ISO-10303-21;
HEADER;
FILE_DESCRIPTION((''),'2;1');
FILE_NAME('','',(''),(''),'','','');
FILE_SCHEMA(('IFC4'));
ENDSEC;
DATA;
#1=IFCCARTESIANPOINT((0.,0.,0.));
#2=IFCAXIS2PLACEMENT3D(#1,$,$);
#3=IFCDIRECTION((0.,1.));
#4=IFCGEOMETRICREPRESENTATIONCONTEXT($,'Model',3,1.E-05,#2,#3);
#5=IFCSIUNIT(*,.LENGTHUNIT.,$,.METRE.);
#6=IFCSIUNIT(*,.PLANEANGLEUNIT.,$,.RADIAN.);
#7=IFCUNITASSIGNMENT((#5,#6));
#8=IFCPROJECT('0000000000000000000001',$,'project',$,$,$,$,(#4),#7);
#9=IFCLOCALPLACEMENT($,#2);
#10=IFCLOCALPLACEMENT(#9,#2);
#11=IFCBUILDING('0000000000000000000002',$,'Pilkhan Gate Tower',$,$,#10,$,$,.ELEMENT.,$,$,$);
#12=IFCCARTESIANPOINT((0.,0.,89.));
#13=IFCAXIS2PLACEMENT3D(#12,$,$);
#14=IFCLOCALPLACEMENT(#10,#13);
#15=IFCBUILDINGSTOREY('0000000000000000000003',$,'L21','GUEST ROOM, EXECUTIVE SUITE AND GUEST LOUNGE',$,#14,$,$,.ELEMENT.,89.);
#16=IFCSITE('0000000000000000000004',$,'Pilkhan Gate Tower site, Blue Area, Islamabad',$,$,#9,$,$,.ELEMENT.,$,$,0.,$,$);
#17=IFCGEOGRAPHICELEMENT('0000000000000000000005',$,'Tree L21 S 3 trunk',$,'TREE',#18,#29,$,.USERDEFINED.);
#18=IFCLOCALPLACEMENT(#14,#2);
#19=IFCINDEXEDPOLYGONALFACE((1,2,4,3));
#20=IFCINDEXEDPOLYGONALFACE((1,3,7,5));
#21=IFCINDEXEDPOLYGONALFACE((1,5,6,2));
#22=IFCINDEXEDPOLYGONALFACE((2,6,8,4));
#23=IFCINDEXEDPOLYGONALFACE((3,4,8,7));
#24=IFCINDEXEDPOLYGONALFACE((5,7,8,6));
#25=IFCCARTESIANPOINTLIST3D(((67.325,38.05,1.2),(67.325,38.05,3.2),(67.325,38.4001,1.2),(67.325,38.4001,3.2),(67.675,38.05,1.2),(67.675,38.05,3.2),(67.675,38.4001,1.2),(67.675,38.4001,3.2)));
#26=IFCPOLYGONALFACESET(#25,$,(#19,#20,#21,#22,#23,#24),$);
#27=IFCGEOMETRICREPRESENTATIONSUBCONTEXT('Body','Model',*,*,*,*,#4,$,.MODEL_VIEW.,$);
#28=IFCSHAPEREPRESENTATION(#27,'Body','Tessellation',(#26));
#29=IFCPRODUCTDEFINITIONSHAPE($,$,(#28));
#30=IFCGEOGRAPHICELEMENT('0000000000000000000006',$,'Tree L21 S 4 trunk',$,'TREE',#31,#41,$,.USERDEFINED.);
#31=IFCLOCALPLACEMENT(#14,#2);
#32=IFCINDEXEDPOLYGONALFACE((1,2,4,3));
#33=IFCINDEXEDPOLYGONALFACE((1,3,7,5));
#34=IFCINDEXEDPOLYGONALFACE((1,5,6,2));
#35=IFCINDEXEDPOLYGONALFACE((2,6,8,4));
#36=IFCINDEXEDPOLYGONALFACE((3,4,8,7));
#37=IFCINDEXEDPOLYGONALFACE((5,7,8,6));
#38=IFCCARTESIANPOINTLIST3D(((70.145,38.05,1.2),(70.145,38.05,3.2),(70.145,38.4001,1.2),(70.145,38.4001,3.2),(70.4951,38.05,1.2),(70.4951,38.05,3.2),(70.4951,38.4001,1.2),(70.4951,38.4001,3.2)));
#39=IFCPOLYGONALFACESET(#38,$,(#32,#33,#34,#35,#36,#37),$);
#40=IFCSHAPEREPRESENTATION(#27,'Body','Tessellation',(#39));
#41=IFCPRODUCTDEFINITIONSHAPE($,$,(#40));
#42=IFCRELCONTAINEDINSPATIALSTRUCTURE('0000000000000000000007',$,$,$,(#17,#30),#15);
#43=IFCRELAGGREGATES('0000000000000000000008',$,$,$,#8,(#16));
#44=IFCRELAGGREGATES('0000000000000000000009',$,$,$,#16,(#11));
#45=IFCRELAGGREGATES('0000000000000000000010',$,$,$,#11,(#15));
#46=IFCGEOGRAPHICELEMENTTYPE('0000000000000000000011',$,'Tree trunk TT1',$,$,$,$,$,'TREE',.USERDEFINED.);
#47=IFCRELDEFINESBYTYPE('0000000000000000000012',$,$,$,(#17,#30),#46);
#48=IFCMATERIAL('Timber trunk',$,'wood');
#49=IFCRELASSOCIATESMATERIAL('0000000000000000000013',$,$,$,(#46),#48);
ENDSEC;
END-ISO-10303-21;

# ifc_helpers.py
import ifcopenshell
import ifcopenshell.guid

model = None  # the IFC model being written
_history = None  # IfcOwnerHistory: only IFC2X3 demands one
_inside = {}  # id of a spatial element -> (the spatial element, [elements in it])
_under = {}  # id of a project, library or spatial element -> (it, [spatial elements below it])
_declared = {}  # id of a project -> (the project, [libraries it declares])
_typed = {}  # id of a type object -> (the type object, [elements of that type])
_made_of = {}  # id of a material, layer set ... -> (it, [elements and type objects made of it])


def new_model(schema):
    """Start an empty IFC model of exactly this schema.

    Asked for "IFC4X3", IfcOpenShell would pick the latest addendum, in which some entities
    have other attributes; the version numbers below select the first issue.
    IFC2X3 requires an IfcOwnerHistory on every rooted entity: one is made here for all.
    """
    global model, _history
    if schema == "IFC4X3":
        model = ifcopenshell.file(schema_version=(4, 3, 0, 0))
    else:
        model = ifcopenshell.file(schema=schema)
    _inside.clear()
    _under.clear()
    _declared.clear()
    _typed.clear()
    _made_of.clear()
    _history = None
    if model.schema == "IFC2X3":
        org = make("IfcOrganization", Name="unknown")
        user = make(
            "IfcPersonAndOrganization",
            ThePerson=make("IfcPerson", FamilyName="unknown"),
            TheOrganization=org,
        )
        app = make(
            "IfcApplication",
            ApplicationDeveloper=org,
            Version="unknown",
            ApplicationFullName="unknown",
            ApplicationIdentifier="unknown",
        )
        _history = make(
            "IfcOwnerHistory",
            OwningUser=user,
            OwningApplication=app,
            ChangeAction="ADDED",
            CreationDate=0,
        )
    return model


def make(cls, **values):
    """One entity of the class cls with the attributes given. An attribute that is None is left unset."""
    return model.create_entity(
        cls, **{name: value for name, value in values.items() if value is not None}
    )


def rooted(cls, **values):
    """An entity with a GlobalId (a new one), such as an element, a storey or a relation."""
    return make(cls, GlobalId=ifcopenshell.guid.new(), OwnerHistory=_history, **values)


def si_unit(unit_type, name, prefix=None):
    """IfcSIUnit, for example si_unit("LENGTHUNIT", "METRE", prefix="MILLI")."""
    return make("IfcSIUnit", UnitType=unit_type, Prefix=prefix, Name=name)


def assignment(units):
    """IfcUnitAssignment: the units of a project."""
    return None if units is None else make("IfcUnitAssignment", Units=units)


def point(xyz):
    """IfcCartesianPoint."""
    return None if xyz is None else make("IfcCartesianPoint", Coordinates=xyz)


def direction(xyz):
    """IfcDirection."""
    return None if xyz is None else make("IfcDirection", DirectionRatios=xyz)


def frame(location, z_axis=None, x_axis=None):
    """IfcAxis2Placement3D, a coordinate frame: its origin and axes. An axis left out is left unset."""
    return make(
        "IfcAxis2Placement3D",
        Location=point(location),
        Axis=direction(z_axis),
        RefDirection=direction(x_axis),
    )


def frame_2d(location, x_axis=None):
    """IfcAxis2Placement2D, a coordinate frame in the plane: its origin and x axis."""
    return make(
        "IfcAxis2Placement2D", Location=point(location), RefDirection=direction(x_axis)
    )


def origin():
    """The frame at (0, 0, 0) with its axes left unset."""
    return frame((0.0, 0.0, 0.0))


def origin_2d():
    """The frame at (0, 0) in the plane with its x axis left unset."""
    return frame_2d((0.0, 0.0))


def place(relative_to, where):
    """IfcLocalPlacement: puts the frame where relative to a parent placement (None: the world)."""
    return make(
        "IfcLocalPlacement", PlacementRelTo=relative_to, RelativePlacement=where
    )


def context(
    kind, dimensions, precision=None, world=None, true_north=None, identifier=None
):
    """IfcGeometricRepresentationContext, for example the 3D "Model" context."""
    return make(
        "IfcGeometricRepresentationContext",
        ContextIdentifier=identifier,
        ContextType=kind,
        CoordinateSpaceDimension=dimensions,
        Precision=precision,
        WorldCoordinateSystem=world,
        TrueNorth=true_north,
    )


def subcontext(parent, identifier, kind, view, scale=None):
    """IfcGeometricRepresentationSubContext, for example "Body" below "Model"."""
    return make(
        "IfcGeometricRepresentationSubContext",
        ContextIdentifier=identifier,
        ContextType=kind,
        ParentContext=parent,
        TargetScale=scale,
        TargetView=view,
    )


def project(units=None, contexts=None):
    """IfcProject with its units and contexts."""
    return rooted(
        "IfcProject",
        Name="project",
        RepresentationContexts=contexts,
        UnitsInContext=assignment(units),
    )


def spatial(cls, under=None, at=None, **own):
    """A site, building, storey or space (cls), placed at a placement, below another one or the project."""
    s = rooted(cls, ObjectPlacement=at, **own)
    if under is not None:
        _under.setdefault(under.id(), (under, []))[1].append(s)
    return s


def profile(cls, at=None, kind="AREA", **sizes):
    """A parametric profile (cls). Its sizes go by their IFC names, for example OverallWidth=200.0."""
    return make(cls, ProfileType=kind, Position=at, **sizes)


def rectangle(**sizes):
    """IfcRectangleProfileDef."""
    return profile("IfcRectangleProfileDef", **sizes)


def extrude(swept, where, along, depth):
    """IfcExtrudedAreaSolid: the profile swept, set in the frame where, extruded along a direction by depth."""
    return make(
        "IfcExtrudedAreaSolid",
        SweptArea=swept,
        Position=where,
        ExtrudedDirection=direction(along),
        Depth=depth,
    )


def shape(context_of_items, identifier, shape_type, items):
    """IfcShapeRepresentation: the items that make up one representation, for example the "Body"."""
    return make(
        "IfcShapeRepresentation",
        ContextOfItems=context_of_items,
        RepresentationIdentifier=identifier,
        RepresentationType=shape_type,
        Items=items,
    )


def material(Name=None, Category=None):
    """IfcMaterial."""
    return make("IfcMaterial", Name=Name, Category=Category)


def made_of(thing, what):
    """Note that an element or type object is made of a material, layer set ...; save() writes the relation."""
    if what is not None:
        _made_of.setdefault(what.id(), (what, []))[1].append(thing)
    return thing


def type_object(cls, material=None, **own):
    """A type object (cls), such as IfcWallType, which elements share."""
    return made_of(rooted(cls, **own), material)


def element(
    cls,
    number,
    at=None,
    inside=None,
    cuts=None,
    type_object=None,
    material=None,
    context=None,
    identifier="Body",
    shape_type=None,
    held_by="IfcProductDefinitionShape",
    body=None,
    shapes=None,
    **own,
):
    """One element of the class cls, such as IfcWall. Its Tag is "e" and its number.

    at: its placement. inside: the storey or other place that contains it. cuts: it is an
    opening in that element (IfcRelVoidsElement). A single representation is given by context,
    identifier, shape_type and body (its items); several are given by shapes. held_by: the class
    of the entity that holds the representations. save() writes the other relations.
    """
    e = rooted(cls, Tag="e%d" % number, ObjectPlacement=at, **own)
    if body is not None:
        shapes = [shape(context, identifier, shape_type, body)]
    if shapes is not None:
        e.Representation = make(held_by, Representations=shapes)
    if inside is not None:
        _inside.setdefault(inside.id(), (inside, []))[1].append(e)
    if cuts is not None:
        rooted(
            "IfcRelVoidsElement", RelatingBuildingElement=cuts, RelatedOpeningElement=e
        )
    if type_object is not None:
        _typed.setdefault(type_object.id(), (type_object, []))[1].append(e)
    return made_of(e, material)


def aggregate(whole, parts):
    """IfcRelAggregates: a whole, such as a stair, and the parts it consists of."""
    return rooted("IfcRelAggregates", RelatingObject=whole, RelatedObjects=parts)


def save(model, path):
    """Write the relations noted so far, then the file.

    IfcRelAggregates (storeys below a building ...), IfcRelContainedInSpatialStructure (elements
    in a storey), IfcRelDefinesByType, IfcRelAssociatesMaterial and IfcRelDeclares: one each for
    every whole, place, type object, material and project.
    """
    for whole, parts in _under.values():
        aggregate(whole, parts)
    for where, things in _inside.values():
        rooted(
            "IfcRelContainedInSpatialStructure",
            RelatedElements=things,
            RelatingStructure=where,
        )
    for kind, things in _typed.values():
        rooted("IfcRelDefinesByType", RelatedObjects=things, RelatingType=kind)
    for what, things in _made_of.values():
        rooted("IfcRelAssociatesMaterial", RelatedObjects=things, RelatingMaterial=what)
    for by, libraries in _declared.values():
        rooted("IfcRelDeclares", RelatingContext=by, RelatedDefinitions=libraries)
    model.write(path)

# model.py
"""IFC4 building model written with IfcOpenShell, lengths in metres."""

from ifc_helpers import new_model, si_unit, direction, frame, origin, origin_2d, place, context, subcontext, project, spatial, rectangle, extrude, material, type_object, element, save


model = new_model("IFC4")

# Units and contexts
model_context = context("Model", 3, precision=1e-05, world=origin(), true_north=direction((0.0, 1.0)))
body_context = subcontext(model_context, "Body", "Model", "MODEL_VIEW")
ifc_project = project(units=[si_unit("LENGTHUNIT", "METRE"), si_unit("PLANEANGLEUNIT", "RADIAN")], contexts=[model_context])

# Site, building, storey
site_placement = place(None, origin())
site = spatial("IfcSite", under=ifc_project, at=site_placement, Name="Pilkhan Gate Tower site, Blue Area, Islamabad", CompositionType="ELEMENT", RefElevation=0.0)
building_placement = place(site_placement, origin())
building = spatial("IfcBuilding", under=site, at=building_placement, Name="Pilkhan Gate Tower", CompositionType="ELEMENT")
storey_placement = place(building_placement, frame((0.0, 0.0, 89.0)))
storey = spatial("IfcBuildingStorey", under=building, at=storey_placement, Name="L21", Description="GUEST ROOM, EXECUTIVE SUITE AND GUEST LOUNGE", CompositionType="ELEMENT", Elevation=89.0)

# Geographic elements
ifc_material_1 = material(Name="Timber trunk", Category="wood")
geographic_element_type_1 = type_object("IfcGeographicElementType", Name="Tree trunk TT1", ElementType="TREE", PredefinedType="USERDEFINED", material=ifc_material_1)
for number, where, z_axis, x_axis, name in (
    (1, (67.5, 38.2251, 1.2), (0.0, 0.0, 1.0), (1.0, 0.0, 0.0), "Tree L21 S 3 trunk"),
    (2, (70.3201, 38.2251, 1.2), (0.0, 0.0, 1.0), (1.0, 0.0, 0.0), "Tree L21 S 4 trunk"),
):
    element("IfcGeographicElement", number, at=place(storey_placement, frame(where, z_axis=z_axis, x_axis=x_axis)), inside=storey, type_object=geographic_element_type_1, Name=name, ObjectType="TREE", PredefinedType="USERDEFINED", context=body_context, shape_type="SweptSolid", body=[
        extrude(rectangle(XDim=0.3501, YDim=0.3501, at=origin_2d()), origin(), (0.0, 0.0, 1.0), 2.0),
    ])

save(model, "model.ifc")
